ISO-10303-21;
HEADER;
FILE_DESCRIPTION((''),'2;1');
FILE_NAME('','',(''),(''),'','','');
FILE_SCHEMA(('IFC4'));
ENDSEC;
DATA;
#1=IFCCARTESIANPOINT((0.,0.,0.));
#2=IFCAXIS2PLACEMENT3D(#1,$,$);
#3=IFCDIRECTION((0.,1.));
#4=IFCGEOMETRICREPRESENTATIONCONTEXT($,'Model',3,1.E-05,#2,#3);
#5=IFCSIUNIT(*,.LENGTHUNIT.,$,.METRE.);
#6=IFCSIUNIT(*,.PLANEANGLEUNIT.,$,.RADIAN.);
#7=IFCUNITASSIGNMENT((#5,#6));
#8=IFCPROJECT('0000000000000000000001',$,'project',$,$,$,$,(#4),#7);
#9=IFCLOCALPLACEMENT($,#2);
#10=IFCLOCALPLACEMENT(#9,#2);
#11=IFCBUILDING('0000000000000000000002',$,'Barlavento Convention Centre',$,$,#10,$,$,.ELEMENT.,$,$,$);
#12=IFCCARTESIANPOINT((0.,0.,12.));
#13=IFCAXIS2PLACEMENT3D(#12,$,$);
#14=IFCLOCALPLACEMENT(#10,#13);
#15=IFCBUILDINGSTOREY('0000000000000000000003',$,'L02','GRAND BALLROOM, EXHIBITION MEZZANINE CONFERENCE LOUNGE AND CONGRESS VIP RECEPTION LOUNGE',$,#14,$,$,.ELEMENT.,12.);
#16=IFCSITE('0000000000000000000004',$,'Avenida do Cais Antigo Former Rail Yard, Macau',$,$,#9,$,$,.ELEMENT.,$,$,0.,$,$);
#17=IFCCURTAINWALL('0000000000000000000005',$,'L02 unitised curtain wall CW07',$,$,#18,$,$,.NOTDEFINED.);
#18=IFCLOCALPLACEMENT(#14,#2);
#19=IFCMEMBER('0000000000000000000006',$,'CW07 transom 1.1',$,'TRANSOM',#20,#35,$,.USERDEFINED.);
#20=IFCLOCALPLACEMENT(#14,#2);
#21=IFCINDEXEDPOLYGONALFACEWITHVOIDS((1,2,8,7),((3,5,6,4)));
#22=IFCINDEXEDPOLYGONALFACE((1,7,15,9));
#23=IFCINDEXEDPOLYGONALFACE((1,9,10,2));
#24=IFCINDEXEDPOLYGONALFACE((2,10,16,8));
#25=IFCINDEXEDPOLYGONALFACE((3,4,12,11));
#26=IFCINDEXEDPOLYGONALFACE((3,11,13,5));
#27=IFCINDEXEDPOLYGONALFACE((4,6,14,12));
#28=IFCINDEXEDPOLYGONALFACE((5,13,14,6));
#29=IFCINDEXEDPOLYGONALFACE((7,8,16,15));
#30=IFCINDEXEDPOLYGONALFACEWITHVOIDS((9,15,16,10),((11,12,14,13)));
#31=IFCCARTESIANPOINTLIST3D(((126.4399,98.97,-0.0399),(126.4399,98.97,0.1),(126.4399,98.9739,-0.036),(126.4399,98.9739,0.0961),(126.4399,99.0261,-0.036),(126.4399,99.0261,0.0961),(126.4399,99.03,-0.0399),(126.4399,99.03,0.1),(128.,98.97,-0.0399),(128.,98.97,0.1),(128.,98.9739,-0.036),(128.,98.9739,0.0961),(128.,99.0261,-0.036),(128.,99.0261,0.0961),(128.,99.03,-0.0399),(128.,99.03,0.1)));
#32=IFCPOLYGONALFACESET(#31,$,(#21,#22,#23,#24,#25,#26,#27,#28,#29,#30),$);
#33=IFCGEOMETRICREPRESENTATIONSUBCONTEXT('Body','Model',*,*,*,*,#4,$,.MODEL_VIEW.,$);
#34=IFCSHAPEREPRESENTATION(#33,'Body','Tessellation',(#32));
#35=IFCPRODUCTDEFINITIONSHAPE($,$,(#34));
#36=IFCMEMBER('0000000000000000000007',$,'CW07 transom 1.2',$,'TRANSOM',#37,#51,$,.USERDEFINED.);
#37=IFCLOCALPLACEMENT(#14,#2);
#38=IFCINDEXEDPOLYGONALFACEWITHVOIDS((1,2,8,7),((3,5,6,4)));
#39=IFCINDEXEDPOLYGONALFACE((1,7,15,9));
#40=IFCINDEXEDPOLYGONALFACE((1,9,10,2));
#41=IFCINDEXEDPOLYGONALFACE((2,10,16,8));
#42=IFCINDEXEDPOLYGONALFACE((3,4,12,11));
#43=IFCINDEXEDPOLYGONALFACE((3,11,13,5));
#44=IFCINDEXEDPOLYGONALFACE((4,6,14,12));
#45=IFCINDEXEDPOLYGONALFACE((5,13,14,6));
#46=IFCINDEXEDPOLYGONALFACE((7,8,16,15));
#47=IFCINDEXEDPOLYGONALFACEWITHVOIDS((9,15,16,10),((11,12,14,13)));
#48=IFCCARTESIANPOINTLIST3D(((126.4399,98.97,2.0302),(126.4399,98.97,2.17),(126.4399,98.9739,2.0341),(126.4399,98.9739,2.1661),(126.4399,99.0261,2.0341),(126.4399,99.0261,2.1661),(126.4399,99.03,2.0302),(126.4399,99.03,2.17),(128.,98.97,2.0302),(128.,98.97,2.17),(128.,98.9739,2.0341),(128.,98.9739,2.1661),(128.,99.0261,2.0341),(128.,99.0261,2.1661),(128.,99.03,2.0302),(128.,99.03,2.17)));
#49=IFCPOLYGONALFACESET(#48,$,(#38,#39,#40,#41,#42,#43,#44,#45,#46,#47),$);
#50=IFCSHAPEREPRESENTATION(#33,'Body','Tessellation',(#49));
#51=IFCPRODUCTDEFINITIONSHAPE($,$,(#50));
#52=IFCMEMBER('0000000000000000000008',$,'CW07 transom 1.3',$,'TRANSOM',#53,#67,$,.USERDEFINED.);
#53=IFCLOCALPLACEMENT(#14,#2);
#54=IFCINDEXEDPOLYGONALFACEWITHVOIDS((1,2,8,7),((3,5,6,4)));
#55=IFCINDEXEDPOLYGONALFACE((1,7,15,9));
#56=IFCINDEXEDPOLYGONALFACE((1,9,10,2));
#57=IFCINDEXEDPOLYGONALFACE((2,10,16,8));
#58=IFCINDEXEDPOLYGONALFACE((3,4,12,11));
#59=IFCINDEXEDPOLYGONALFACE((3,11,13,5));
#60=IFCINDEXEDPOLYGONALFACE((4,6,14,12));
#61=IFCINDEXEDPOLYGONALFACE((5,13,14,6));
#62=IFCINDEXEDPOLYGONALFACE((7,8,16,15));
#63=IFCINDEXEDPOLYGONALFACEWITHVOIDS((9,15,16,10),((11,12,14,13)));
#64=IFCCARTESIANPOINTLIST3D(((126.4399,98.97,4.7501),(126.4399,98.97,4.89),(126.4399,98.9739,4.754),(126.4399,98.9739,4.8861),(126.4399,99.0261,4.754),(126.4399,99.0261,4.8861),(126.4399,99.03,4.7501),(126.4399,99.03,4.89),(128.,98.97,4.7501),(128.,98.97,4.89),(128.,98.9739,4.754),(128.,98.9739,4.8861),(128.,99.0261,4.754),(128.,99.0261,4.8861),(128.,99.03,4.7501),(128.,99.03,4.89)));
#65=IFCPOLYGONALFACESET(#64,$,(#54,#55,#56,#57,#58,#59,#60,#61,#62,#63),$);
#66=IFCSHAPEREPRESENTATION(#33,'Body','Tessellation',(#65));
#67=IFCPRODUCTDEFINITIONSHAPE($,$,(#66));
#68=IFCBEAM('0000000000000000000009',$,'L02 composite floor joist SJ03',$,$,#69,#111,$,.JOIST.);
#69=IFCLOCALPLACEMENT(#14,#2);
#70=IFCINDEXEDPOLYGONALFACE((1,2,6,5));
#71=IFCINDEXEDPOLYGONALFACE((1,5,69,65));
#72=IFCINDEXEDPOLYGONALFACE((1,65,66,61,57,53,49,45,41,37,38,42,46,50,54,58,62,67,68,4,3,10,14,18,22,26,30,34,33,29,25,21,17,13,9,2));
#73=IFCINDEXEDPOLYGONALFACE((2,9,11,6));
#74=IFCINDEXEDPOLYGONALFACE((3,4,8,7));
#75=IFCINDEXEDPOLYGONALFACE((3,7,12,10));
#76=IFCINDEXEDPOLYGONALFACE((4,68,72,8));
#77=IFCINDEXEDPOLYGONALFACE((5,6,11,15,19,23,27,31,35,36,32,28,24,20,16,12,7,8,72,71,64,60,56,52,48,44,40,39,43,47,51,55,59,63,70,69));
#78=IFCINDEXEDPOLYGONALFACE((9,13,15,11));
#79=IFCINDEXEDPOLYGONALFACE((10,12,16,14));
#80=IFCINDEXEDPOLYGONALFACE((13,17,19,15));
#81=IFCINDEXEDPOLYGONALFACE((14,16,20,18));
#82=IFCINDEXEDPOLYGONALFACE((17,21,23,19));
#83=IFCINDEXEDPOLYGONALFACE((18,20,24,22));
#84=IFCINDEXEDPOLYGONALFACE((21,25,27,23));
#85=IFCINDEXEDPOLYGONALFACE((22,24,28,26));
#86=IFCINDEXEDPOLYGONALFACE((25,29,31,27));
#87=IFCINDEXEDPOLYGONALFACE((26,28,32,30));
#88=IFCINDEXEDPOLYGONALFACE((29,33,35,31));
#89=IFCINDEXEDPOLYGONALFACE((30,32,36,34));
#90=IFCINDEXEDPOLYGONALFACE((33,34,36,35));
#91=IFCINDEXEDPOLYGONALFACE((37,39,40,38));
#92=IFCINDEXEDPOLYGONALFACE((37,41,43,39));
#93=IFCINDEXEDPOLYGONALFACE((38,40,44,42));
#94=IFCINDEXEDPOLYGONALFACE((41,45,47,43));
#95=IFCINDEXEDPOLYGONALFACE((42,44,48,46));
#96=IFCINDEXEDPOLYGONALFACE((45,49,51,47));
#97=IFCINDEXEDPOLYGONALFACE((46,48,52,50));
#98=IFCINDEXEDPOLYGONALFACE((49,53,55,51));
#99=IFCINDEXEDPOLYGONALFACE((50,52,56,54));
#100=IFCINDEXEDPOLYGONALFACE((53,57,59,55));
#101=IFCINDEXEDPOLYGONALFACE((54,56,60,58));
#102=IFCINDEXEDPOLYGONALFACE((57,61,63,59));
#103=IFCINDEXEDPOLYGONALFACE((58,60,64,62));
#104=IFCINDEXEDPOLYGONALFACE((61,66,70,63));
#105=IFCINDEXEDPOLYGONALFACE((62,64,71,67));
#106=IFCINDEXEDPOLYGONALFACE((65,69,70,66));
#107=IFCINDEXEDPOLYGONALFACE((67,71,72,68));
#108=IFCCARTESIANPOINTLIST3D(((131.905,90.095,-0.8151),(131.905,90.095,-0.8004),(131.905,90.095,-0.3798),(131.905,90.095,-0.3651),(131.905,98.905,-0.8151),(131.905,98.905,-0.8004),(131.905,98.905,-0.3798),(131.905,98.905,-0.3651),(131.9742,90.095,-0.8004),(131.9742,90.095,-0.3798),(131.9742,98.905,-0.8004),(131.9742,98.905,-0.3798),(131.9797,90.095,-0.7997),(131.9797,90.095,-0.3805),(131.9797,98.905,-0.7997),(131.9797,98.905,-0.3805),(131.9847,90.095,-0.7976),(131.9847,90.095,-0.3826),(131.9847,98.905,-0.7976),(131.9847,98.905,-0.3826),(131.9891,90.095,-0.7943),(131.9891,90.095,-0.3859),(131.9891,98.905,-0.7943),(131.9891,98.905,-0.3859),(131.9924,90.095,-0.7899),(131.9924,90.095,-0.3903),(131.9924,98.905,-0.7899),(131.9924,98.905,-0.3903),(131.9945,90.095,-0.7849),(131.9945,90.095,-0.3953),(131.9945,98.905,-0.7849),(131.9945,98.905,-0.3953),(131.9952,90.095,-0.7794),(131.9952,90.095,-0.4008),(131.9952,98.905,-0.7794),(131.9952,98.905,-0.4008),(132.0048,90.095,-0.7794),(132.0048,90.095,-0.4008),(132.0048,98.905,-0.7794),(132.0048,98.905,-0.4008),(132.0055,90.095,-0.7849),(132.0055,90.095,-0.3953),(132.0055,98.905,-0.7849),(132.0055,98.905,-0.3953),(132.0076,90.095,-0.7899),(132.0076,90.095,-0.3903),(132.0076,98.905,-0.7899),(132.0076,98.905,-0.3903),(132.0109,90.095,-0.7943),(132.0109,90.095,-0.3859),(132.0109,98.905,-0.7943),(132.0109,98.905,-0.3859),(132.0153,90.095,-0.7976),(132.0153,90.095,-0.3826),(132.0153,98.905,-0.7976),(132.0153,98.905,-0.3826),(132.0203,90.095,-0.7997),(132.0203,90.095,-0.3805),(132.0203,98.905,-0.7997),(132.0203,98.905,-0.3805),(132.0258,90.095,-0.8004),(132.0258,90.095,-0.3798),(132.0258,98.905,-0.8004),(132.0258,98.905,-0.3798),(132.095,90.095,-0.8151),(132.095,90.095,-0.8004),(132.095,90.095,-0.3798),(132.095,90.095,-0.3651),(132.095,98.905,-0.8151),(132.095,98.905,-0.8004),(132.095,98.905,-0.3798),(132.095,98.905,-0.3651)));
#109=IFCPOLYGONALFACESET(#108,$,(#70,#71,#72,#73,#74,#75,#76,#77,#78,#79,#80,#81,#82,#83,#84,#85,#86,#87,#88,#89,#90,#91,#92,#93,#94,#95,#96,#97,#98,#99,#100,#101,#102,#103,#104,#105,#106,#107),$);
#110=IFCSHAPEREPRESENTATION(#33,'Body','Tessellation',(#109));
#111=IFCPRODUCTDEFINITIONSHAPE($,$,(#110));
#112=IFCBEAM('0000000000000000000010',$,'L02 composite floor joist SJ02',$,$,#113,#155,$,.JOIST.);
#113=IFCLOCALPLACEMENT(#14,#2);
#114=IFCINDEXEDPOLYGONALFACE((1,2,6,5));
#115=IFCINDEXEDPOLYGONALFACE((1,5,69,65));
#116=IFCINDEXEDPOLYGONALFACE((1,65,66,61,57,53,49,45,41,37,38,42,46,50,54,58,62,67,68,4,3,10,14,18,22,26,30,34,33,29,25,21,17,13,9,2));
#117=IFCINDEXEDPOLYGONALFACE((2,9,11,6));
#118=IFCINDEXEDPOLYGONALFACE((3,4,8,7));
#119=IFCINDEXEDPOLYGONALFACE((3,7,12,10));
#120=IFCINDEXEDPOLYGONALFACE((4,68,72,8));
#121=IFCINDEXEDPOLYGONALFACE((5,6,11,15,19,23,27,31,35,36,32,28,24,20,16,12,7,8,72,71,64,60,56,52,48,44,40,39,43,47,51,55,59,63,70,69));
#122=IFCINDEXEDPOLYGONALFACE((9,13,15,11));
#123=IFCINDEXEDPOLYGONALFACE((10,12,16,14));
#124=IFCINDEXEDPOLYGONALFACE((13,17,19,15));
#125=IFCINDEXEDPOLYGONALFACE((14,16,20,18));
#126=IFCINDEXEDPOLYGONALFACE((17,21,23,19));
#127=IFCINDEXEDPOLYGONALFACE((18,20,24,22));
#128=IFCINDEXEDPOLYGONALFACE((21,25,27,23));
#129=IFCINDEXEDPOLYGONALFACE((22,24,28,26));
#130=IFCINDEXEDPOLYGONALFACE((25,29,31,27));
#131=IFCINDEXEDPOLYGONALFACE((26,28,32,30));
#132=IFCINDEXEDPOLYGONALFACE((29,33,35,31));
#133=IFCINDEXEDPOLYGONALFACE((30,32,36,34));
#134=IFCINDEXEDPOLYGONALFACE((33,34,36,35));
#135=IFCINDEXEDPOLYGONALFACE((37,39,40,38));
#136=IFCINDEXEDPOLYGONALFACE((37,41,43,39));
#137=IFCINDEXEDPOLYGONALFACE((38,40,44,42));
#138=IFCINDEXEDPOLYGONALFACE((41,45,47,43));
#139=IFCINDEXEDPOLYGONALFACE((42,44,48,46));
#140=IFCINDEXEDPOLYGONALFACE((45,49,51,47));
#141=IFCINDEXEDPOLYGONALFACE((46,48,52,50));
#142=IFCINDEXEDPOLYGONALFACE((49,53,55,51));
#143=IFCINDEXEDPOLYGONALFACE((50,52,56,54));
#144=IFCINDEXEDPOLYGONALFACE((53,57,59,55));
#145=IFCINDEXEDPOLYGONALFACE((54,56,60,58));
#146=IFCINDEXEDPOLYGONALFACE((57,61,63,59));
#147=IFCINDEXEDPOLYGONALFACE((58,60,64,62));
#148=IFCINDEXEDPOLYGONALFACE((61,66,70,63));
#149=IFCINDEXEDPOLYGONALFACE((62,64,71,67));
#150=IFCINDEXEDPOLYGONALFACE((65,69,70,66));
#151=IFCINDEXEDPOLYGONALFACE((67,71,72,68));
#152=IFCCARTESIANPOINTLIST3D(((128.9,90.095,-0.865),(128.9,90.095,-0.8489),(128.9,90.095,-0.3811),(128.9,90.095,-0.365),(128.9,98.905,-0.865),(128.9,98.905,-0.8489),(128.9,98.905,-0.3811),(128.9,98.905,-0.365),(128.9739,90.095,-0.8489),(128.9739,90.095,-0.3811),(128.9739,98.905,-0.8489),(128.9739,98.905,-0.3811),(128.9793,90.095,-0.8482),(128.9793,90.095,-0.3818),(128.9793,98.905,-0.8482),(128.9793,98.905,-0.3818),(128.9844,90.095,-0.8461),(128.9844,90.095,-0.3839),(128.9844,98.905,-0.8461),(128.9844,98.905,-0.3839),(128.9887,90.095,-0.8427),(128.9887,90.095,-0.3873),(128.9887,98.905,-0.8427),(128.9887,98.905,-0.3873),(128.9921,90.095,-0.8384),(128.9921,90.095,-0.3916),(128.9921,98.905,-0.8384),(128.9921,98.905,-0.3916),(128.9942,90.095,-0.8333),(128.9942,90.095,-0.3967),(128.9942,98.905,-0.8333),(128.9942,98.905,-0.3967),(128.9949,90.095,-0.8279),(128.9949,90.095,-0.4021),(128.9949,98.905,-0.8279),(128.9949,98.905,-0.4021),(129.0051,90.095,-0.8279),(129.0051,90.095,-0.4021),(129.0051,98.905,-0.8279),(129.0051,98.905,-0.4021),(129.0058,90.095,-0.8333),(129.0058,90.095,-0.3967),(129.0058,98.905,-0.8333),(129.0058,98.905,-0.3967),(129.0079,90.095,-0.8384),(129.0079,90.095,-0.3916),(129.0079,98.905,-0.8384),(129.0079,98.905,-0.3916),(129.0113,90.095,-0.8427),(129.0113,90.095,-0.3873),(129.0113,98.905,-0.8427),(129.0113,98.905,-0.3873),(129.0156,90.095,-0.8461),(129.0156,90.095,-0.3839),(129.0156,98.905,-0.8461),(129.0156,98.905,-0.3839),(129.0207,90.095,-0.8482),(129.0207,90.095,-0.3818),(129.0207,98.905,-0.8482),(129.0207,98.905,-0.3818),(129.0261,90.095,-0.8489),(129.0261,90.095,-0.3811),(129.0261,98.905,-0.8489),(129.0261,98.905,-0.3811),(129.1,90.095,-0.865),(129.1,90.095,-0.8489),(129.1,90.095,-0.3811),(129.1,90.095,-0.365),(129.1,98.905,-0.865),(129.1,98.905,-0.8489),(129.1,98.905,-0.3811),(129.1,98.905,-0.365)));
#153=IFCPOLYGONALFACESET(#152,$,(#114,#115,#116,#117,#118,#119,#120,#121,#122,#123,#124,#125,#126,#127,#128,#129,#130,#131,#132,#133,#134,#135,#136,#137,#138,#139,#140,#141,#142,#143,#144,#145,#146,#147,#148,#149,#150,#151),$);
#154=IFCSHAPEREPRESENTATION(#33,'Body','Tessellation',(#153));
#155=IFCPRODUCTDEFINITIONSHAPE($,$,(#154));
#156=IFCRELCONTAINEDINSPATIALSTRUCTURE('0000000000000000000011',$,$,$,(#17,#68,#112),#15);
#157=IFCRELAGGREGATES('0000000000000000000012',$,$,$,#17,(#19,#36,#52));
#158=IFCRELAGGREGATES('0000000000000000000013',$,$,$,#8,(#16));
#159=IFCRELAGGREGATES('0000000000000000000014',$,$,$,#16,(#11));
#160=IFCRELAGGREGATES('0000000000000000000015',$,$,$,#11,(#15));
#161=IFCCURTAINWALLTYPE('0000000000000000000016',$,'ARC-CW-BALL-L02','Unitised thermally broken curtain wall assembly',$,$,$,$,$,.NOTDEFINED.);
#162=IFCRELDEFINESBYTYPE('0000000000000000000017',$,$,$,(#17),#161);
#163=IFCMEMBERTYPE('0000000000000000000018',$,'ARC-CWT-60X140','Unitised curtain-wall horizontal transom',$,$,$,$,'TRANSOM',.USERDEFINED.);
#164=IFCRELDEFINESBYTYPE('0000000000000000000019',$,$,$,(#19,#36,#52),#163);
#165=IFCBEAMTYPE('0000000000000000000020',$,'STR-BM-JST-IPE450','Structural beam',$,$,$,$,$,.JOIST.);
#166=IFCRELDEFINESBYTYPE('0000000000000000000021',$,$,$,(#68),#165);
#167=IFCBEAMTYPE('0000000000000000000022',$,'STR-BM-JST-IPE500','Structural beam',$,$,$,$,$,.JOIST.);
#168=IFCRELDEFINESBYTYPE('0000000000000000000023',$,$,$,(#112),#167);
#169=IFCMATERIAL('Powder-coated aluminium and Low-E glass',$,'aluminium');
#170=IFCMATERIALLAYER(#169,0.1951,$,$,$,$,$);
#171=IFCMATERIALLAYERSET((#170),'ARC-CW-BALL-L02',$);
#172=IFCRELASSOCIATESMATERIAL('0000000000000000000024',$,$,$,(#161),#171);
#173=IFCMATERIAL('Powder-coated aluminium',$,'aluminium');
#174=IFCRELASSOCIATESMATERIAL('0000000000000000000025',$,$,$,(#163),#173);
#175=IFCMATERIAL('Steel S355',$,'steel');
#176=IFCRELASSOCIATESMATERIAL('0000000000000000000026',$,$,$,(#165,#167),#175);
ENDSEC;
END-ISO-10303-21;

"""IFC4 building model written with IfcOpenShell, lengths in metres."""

from ifc_helpers import new_model, si_unit, direction, frame, origin, origin_2d, place, context, subcontext, project, spatial, hollow_rectangle, i_section, extrude, material, layer, layer_set, material_profile, profile_set, type_object, element, aggregate, save


model = new_model("IFC4")

# Units and contexts
model_context = context("Model", 3, precision=1e-05, world=origin(), true_north=direction((0.0, 1.0)))
body_context = subcontext(model_context, "Body", "Model", "MODEL_VIEW")
ifc_project = project(units=[si_unit("LENGTHUNIT", "METRE"), si_unit("PLANEANGLEUNIT", "RADIAN")], contexts=[model_context])

# Site, building, storey
site_placement = place(None, origin())
site = spatial("IfcSite", under=ifc_project, at=site_placement, Name="Avenida do Cais Antigo Former Rail Yard, Macau", CompositionType="ELEMENT", RefElevation=0.0)
building_placement = place(site_placement, origin())
building = spatial("IfcBuilding", under=site, at=building_placement, Name="Barlavento Convention Centre", CompositionType="ELEMENT")
storey_placement = place(building_placement, frame((0.0, 0.0, 12.0)))
storey = spatial("IfcBuildingStorey", under=building, at=storey_placement, Name="L02", Description="GRAND BALLROOM, EXHIBITION MEZZANINE CONFERENCE LOUNGE AND CONGRESS VIP RECEPTION LOUNGE", CompositionType="ELEMENT", Elevation=12.0)

# Shared definitions
ifc_material_1 = material(Name="Powder-coated aluminium and Low-E glass", Category="aluminium")
ifc_layer_1 = layer(ifc_material_1, 0.1951)
ifc_layer_set_1 = layer_set([ifc_layer_1], Name="ARC-CW-BALL-L02")
curtain_wall_type = type_object("IfcCurtainWallType", Name="ARC-CW-BALL-L02", Description="Unitised thermally broken curtain wall assembly", PredefinedType="NOTDEFINED", material=ifc_layer_set_1)
ifc_material_2 = material(Name="Powder-coated aluminium", Category="aluminium")

# Curtain wall
curtain_wall_1_placement = place(storey_placement, origin())
curtain_wall_1 = element("IfcCurtainWall", 1, at=curtain_wall_1_placement, inside=storey, type_object=curtain_wall_type, Name="L02 unitised curtain wall CW07", PredefinedType="NOTDEFINED")

# Members
ifc_material_profile_1 = material_profile(ifc_material_2, hollow_rectangle(XDim=0.0601, YDim=0.1399, WallThickness=0.0039, at=origin_2d()), Name="AL-TRAN 60x140x4")
ifc_profile_set_1 = profile_set([ifc_material_profile_1], Name="Powder-coated aluminium")
member_type_1 = type_object("IfcMemberType", Name="ARC-CWT-60X140", Description="Unitised curtain-wall horizontal transom", ElementType="TRANSOM", PredefinedType="USERDEFINED", material=ifc_profile_set_1)
member_1_placement = place(storey_placement, frame((126.4399, 99.0, 0.03), z_axis=(1.0, 0.0, 0.0), x_axis=(0.0, 1.0, 0.0)))
member_1 = element("IfcMember", 2, at=member_1_placement, type_object=member_type_1, Name="CW07 transom 1.1", ObjectType="TRANSOM", PredefinedType="USERDEFINED", context=body_context, shape_type="SweptSolid", body=[
    extrude(hollow_rectangle(XDim=0.0601, YDim=0.1399, WallThickness=0.0039, at=origin_2d()), origin(), (0.0, 0.0, 1.0), 1.5601),
])
member_2_placement = place(storey_placement, frame((126.4399, 99.0, 2.1001), z_axis=(1.0, 0.0, 0.0), x_axis=(0.0, 1.0, 0.0)))
member_2 = element("IfcMember", 3, at=member_2_placement, type_object=member_type_1, Name="CW07 transom 1.2", ObjectType="TRANSOM", PredefinedType="USERDEFINED", context=body_context, shape_type="SweptSolid", body=[
    extrude(hollow_rectangle(XDim=0.0601, YDim=0.1399, WallThickness=0.0039, at=origin_2d()), origin(), (0.0, 0.0, 1.0), 1.5601),
])
member_3_placement = place(storey_placement, frame((126.4399, 99.0, 4.8201), z_axis=(1.0, 0.0, 0.0), x_axis=(0.0, 1.0, 0.0)))
member_3 = element("IfcMember", 4, at=member_3_placement, type_object=member_type_1, Name="CW07 transom 1.3", ObjectType="TRANSOM", PredefinedType="USERDEFINED", context=body_context, shape_type="SweptSolid", body=[
    extrude(hollow_rectangle(XDim=0.0601, YDim=0.1399, WallThickness=0.0039, at=origin_2d()), origin(), (0.0, 0.0, 1.0), 1.5601),
])

# Beams
ifc_material_3 = material(Name="Steel S355", Category="steel")
ifc_material_profile_2 = material_profile(ifc_material_3, i_section(OverallWidth=0.1899, OverallDepth=0.45, WebThickness=0.0095, FlangeThickness=0.0146, FilletRadius=0.021, at=origin_2d()), Name="IPE 450")
ifc_profile_set_2 = profile_set([ifc_material_profile_2], Name="Steel S355")
beam_type_1 = type_object("IfcBeamType", Name="STR-BM-JST-IPE450", Description="Structural beam", PredefinedType="JOIST", material=ifc_profile_set_2)
beam_1_placement = place(storey_placement, frame((132.0, 90.095, -0.5901), z_axis=(0.0, 1.0, 0.0), x_axis=(-1.0, 0.0, 0.0)))
element("IfcBeam", 5, at=beam_1_placement, inside=storey, type_object=beam_type_1, Name="L02 composite floor joist SJ03", PredefinedType="JOIST", context=body_context, shape_type="SweptSolid", body=[
    extrude(i_section(OverallWidth=0.1899, OverallDepth=0.45, WebThickness=0.0095, FlangeThickness=0.0146, FilletRadius=0.021, at=origin_2d()), origin(), (0.0, 0.0, 1.0), 8.8101),
])
ifc_material_profile_3 = material_profile(ifc_material_3, i_section(OverallWidth=0.2, OverallDepth=0.5, WebThickness=0.0103, FlangeThickness=0.0161, FilletRadius=0.021, at=origin_2d()), Name="IPE 500")
ifc_profile_set_3 = profile_set([ifc_material_profile_3], Name="Steel S355")
beam_type_2 = type_object("IfcBeamType", Name="STR-BM-JST-IPE500", Description="Structural beam", PredefinedType="JOIST", material=ifc_profile_set_3)
beam_2_placement = place(storey_placement, frame((129.0, 90.095, -0.615), z_axis=(0.0, 1.0, 0.0), x_axis=(-1.0, 0.0, 0.0)))
element("IfcBeam", 6, at=beam_2_placement, inside=storey, type_object=beam_type_2, Name="L02 composite floor joist SJ02", PredefinedType="JOIST", context=body_context, shape_type="SweptSolid", body=[
    extrude(i_section(OverallWidth=0.2, OverallDepth=0.5, WebThickness=0.0103, FlangeThickness=0.0161, FilletRadius=0.021, at=origin_2d()), origin(), (0.0, 0.0, 1.0), 8.8101),
])

aggregate(curtain_wall_1, [member_1, member_2, member_3])

save(model, "model.ifc")
